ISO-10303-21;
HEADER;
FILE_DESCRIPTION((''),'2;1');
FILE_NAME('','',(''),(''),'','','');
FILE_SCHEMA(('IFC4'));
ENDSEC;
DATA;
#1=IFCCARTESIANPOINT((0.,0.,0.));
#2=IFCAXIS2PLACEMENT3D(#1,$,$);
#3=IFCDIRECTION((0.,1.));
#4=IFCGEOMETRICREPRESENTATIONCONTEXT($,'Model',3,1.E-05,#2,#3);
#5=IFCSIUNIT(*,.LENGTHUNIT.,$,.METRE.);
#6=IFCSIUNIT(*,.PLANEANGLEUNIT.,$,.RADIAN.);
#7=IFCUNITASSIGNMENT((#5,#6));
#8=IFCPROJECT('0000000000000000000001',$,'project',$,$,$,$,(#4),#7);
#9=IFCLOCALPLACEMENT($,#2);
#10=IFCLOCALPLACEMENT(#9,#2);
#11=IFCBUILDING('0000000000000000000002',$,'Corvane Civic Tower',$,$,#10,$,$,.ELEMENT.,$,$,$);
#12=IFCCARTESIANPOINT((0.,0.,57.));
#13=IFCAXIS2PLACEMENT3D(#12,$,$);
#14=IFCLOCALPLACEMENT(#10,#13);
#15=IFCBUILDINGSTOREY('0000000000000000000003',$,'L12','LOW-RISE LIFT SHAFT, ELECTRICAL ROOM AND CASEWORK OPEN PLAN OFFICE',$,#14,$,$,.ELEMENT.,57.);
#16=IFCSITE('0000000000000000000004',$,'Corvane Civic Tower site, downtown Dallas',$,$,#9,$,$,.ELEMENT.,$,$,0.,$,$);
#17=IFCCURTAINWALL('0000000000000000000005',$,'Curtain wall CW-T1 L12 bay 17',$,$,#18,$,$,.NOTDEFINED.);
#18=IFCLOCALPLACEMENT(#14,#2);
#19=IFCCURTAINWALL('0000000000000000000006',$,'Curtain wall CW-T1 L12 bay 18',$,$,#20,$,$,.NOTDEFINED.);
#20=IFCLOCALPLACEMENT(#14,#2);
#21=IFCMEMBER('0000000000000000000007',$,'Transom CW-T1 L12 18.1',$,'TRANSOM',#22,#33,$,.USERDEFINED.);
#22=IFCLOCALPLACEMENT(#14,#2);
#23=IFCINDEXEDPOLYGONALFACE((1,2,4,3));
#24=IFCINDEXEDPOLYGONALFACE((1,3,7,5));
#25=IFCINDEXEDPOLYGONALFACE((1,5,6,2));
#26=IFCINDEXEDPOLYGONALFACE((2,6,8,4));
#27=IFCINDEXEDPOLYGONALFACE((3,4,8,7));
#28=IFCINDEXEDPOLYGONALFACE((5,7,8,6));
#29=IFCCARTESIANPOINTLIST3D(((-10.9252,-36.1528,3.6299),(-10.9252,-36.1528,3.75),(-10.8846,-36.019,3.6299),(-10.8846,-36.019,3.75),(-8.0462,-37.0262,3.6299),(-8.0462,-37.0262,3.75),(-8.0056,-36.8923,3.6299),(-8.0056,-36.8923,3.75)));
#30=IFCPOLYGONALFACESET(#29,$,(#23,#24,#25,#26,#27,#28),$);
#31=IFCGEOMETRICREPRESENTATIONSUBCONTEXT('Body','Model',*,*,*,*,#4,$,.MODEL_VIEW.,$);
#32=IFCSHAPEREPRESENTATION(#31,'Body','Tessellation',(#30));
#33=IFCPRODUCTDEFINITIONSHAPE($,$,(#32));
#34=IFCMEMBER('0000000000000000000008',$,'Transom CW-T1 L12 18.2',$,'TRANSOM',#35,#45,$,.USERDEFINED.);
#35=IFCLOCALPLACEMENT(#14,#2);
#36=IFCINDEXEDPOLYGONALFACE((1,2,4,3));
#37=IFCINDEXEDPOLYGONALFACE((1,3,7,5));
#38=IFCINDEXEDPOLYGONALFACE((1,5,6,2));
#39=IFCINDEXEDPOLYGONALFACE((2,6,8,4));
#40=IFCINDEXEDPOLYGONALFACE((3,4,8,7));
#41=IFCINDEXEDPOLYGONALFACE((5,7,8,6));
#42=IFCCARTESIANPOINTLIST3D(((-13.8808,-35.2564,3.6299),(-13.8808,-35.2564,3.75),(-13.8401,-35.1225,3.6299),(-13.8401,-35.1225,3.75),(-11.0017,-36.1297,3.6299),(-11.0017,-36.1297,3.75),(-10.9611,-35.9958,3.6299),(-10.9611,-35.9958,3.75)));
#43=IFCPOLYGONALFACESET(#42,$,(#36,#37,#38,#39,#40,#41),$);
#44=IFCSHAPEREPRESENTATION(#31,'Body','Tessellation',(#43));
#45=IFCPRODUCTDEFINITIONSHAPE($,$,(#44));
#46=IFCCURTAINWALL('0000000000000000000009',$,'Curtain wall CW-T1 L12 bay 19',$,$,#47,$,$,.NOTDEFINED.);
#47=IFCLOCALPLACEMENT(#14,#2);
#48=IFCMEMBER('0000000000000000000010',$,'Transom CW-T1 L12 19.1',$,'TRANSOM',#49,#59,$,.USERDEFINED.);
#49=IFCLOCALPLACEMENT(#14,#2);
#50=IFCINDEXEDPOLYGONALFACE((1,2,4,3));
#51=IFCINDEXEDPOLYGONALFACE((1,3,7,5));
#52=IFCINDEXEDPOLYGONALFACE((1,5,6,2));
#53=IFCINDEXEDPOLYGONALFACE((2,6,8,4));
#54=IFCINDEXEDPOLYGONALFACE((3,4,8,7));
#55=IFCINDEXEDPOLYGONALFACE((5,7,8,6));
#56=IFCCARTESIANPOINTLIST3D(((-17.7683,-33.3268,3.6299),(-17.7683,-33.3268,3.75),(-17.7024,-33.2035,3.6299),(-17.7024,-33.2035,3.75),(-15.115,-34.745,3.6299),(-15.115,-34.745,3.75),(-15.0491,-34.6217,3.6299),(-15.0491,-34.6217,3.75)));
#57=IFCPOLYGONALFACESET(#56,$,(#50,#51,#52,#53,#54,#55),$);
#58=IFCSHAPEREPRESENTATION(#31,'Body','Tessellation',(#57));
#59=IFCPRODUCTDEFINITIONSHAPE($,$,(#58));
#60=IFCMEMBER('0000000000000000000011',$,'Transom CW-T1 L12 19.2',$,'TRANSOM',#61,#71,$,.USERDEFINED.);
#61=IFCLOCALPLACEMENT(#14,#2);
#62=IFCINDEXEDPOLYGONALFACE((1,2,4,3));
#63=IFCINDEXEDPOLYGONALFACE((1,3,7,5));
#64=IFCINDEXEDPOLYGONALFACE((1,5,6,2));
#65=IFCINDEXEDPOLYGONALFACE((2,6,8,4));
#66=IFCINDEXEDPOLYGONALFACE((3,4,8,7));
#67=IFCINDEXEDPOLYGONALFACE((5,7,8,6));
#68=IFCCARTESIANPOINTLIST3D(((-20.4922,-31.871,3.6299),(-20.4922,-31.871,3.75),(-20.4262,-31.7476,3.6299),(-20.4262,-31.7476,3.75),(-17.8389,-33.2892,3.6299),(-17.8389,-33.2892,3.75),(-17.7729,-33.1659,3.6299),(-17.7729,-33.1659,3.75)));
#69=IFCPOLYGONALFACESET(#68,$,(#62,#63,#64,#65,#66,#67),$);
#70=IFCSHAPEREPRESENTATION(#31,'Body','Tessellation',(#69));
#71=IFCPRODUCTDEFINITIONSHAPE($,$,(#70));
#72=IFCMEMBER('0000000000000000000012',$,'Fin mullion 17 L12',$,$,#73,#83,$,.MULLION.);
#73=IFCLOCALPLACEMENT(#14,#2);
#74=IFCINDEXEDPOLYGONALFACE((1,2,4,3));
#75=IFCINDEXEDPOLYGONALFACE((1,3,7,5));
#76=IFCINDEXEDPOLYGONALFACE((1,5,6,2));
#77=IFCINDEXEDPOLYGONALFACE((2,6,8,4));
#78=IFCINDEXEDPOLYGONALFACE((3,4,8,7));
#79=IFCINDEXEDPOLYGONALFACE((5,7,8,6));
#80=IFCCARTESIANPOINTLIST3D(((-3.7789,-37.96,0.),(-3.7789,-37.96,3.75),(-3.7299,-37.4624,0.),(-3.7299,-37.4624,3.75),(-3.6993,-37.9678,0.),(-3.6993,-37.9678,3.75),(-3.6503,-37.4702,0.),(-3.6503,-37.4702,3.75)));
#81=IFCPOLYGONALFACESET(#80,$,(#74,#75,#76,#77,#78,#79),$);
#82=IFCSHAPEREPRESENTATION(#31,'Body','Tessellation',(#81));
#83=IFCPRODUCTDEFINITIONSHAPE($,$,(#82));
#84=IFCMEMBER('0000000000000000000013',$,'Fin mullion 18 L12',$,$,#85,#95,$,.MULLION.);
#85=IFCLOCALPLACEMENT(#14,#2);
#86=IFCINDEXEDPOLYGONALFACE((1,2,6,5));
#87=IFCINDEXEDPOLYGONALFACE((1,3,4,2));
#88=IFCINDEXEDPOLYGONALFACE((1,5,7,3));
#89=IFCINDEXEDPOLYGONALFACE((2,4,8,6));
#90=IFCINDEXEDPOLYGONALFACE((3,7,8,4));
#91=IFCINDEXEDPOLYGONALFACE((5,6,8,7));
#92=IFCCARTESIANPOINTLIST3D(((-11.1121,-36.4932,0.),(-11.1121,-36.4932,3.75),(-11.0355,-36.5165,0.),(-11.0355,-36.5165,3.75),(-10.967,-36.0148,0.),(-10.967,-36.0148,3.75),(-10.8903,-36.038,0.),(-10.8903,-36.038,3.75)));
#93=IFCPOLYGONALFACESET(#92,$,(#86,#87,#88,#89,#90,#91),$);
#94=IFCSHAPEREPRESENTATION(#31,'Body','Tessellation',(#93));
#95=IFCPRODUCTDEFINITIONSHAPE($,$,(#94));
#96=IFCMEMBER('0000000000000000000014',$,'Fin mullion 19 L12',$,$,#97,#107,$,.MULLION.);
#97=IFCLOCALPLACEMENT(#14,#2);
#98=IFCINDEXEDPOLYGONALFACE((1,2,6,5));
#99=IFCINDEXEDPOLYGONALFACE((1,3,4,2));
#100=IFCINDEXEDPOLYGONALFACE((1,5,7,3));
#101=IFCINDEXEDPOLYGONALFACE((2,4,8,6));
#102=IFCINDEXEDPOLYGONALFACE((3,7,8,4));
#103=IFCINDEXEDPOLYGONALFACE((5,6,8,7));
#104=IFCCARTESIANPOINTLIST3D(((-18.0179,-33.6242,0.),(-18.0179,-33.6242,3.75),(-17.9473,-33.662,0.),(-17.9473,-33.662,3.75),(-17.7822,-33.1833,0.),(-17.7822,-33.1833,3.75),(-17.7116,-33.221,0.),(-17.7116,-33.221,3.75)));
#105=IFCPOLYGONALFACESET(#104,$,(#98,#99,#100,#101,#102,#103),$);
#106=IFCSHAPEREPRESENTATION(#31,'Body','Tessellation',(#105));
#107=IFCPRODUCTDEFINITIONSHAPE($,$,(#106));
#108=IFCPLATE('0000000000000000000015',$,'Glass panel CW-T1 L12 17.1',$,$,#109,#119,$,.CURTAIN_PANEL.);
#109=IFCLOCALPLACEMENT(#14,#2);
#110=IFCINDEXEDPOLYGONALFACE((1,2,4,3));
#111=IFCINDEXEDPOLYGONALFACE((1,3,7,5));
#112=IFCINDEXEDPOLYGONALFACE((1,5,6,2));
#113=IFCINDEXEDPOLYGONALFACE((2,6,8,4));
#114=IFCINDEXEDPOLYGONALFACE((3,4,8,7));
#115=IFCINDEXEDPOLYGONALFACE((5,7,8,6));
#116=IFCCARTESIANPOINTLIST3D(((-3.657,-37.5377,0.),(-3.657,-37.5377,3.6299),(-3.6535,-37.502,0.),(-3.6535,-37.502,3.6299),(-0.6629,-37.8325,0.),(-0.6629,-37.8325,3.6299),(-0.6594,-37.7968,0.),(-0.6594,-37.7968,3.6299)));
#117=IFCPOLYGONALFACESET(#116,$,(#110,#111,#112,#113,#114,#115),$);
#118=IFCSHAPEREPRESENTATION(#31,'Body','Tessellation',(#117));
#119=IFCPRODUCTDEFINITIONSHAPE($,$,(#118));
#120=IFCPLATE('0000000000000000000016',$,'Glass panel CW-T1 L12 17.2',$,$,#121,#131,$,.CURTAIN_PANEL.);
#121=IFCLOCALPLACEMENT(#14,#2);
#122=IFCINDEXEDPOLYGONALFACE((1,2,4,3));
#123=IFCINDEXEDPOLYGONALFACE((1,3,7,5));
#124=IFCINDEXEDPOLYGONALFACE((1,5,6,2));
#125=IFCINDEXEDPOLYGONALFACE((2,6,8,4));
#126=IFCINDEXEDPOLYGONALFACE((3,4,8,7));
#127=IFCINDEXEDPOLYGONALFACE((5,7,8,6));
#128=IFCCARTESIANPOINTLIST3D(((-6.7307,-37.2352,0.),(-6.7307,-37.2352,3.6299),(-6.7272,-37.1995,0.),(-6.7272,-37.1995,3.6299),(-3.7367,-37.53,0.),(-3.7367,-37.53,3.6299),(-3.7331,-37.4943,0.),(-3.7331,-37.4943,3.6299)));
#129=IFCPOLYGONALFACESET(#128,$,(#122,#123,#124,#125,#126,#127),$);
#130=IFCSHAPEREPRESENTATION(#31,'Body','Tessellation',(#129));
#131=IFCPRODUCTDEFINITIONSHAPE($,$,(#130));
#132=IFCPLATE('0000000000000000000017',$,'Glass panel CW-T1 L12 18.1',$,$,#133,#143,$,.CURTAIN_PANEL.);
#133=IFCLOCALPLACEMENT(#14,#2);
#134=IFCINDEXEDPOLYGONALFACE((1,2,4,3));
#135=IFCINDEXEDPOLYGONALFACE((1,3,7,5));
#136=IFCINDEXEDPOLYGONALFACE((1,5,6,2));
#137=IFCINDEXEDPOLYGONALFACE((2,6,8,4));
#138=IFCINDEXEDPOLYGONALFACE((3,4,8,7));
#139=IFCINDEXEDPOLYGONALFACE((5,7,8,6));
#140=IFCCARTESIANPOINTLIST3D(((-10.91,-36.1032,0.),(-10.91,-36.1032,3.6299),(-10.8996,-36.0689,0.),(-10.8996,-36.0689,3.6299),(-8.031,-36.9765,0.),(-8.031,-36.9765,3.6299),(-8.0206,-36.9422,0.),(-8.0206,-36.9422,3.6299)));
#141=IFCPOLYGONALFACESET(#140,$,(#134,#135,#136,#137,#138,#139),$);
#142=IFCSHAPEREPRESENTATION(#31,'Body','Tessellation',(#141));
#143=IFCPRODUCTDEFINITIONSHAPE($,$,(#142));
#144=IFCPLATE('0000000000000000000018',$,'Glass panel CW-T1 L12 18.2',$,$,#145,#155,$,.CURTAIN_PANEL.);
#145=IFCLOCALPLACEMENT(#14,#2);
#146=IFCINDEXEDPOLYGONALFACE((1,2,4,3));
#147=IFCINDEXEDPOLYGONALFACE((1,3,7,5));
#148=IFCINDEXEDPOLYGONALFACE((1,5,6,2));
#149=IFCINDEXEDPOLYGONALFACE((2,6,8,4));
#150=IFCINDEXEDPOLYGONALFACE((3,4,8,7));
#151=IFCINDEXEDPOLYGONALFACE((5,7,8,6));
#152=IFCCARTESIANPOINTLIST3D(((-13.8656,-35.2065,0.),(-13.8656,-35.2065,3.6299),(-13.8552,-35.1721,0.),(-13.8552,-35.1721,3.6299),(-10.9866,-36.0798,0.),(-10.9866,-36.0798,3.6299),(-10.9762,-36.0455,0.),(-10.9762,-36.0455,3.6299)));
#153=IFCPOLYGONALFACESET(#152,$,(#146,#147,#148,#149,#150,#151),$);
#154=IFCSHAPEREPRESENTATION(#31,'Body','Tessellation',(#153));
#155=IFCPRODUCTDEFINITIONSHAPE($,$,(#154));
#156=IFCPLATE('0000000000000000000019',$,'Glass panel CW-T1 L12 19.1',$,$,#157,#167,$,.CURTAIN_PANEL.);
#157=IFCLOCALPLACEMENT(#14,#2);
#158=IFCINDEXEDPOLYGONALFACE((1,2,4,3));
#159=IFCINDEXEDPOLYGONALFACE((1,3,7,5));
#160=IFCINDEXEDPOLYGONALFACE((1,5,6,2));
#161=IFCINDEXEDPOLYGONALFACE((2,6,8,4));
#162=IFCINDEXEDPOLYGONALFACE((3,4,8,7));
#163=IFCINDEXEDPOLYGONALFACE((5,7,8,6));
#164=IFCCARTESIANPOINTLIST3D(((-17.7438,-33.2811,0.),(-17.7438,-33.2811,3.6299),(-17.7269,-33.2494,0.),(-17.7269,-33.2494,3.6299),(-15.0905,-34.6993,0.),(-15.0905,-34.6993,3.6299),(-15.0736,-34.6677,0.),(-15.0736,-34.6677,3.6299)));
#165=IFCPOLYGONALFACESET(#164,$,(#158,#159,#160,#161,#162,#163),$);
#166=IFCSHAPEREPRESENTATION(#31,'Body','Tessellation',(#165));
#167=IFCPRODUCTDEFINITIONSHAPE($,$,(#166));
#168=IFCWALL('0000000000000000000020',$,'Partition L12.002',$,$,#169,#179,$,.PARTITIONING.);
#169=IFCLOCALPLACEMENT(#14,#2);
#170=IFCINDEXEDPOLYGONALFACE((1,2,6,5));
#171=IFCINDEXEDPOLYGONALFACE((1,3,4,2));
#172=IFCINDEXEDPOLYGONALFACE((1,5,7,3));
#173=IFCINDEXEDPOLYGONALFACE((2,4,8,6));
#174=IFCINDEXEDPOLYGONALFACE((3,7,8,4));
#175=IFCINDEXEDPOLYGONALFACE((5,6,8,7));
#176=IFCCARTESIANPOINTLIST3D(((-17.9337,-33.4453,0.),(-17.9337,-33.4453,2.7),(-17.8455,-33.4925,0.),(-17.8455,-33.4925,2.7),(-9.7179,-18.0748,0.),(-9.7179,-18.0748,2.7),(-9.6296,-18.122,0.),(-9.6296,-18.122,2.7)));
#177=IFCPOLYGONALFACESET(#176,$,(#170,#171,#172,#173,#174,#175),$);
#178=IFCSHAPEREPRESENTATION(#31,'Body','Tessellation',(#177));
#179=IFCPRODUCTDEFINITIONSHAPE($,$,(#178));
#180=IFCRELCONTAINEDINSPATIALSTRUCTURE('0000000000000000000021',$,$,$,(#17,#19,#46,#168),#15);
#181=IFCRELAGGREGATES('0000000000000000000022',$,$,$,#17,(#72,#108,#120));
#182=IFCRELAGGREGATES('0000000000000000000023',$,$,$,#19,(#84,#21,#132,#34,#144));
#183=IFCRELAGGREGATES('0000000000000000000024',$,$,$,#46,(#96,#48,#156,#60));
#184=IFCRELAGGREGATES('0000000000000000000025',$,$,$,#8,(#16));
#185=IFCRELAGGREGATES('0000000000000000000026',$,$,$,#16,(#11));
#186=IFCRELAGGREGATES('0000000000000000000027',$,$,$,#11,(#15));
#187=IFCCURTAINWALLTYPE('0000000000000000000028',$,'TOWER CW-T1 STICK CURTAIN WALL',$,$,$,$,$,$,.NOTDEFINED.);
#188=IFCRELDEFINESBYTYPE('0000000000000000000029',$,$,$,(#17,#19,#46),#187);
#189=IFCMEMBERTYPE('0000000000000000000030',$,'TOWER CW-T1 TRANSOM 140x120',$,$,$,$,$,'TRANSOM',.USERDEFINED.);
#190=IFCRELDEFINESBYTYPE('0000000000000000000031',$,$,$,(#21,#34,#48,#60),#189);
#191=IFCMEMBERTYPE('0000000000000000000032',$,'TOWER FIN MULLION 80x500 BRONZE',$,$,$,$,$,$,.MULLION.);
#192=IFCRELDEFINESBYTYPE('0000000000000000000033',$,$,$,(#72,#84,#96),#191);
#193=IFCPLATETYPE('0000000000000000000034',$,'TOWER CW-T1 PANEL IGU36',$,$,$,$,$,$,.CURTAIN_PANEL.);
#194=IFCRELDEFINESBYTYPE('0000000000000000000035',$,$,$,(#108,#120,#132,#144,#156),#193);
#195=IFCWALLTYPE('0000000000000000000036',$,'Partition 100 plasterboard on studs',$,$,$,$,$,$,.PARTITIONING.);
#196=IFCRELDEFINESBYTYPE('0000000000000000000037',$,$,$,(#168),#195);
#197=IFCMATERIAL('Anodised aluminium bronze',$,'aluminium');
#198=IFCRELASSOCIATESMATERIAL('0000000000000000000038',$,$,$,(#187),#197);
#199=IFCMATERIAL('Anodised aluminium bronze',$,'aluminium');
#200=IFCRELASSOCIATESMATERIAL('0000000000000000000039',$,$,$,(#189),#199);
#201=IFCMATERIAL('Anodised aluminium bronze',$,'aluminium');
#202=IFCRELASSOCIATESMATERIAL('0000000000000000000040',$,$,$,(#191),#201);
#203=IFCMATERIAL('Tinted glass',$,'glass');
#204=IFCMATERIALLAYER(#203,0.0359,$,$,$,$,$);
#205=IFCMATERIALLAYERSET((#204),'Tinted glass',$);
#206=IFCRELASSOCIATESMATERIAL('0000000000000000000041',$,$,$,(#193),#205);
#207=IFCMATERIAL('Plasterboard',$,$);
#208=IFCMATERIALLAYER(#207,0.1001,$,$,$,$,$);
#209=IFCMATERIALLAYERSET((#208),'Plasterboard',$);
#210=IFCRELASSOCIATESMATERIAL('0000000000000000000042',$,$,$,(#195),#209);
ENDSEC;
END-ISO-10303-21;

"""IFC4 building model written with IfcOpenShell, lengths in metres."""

from ifc_helpers import new_model, si_unit, direction, frame, frame_2d, origin, origin_2d, place, context, subcontext, project, spatial, rectangle, extrude, material, layer, layer_set, material_profile, profile_set, type_object, element, aggregate, save


model = new_model("IFC4")

# Units and contexts
model_context = context("Model", 3, precision=1e-05, world=origin(), true_north=direction((0.0, 1.0)))
body_context = subcontext(model_context, "Body", "Model", "MODEL_VIEW")
ifc_project = project(units=[si_unit("LENGTHUNIT", "METRE"), si_unit("PLANEANGLEUNIT", "RADIAN")], contexts=[model_context])

# Site, building, storey
site_placement = place(None, origin())
site = spatial("IfcSite", under=ifc_project, at=site_placement, Name="Corvane Civic Tower site, downtown Dallas", CompositionType="ELEMENT", RefElevation=0.0)
building_placement = place(site_placement, origin())
building = spatial("IfcBuilding", under=site, at=building_placement, Name="Corvane Civic Tower", CompositionType="ELEMENT")
storey_placement = place(building_placement, frame((0.0, 0.0, 57.0)))
storey = spatial("IfcBuildingStorey", under=building, at=storey_placement, Name="L12", Description="LOW-RISE LIFT SHAFT, ELECTRICAL ROOM AND CASEWORK OPEN PLAN OFFICE", CompositionType="ELEMENT", Elevation=57.0)

# Curtain walls, members
ifc_material_1 = material(Name="Anodised aluminium bronze", Category="aluminium")
curtain_wall_type = type_object("IfcCurtainWallType", Name="TOWER CW-T1 STICK CURTAIN WALL", PredefinedType="NOTDEFINED", material=ifc_material_1)
curtain_wall_1_placement = place(storey_placement, origin())
curtain_wall_1 = element("IfcCurtainWall", 1, at=curtain_wall_1_placement, inside=storey, type_object=curtain_wall_type, Name="Curtain wall CW-T1 L12 bay 17", PredefinedType="NOTDEFINED")
ifc_material_2 = material(Name="Anodised aluminium bronze", Category="aluminium")
ifc_material_profile_1 = material_profile(ifc_material_2, rectangle(XDim=0.1399, YDim=0.1201, at=origin_2d()), Name="TOWER CW-T1 TRANSOM 140x120")
ifc_profile_set_1 = profile_set([ifc_material_profile_1], Name="Anodised aluminium bronze")
member_type_1 = type_object("IfcMemberType", Name="TOWER CW-T1 TRANSOM 140x120", ElementType="TRANSOM", PredefinedType="USERDEFINED", material=ifc_profile_set_1)
curtain_wall_2_placement = place(storey_placement, origin())
curtain_wall_2 = element("IfcCurtainWall", 2, at=curtain_wall_2_placement, inside=storey, type_object=curtain_wall_type, Name="Curtain wall CW-T1 L12 bay 18", PredefinedType="NOTDEFINED")
member_1_placement = place(storey_placement, frame((-8.0259, -36.9592, 3.6899), z_axis=(-0.956942, 0.29028, 0.0), x_axis=(-0.29028, -0.956942, 0.0)))
member_1 = element("IfcMember", 3, at=member_1_placement, type_object=member_type_1, Name="Transom CW-T1 L12 18.1", ObjectType="TRANSOM", PredefinedType="USERDEFINED", context=body_context, shape_type="SweptSolid", body=[
    extrude(rectangle(XDim=0.1399, YDim=0.1201, at=origin_2d()), origin(), (0.0, 0.0, 1.0), 3.0085),
])
member_2_placement = place(storey_placement, frame((-10.9814, -36.0627, 3.6899), z_axis=(-0.956942, 0.29028, 0.0), x_axis=(-0.29028, -0.956942, 0.0)))
member_2 = element("IfcMember", 4, at=member_2_placement, type_object=member_type_1, Name="Transom CW-T1 L12 18.2", ObjectType="TRANSOM", PredefinedType="USERDEFINED", context=body_context, shape_type="SweptSolid", body=[
    extrude(rectangle(XDim=0.1399, YDim=0.1201, at=origin_2d()), origin(), (0.0, 0.0, 1.0), 3.0085),
])
curtain_wall_3_placement = place(storey_placement, origin())
curtain_wall_3 = element("IfcCurtainWall", 5, at=curtain_wall_3_placement, inside=storey, type_object=curtain_wall_type, Name="Curtain wall CW-T1 L12 bay 19", PredefinedType="NOTDEFINED")
member_3_placement = place(storey_placement, frame((-15.082, -34.6833, 3.6899), z_axis=(-0.881924, 0.471393, 0.0), x_axis=(-0.471393, -0.881924, 0.0)))
member_3 = element("IfcMember", 6, at=member_3_placement, type_object=member_type_1, Name="Transom CW-T1 L12 19.1", ObjectType="TRANSOM", PredefinedType="USERDEFINED", context=body_context, shape_type="SweptSolid", body=[
    extrude(rectangle(XDim=0.1399, YDim=0.1201, at=origin_2d()), origin(), (0.0, 0.0, 1.0), 3.0085),
])
member_4_placement = place(storey_placement, frame((-17.8059, -33.2275, 3.6899), z_axis=(-0.881924, 0.471393, 0.0), x_axis=(-0.471393, -0.881924, 0.0)))
member_4 = element("IfcMember", 7, at=member_4_placement, type_object=member_type_1, Name="Transom CW-T1 L12 19.2", ObjectType="TRANSOM", PredefinedType="USERDEFINED", context=body_context, shape_type="SweptSolid", body=[
    extrude(rectangle(XDim=0.1399, YDim=0.1201, at=origin_2d()), origin(), (0.0, 0.0, 1.0), 3.0085),
])

# Members
ifc_material_3 = material(Name="Anodised aluminium bronze", Category="aluminium")
ifc_material_profile_2 = material_profile(ifc_material_3, rectangle(XDim=0.0801, YDim=0.5, at=origin_2d()), Name="TOWER FIN MULLION 80x500 BRONZE")
ifc_profile_set_2 = profile_set([ifc_material_profile_2], Name="Anodised aluminium bronze")
member_type_2 = type_object("IfcMemberType", Name="TOWER FIN MULLION 80x500 BRONZE", PredefinedType="MULLION", material=ifc_profile_set_2)
member_5_placement = place(storey_placement, frame((-3.7146, -37.7151, 0.0), z_axis=(0.0, 0.0, 1.0), x_axis=(-0.995186, 0.098006, 0.0)))
member_5 = element("IfcMember", 8, at=member_5_placement, type_object=member_type_2, Name="Fin mullion 17 L12", PredefinedType="MULLION", context=body_context, shape_type="SweptSolid", body=[
    extrude(rectangle(XDim=0.0801, YDim=0.5, at=origin_2d()), origin(), (0.0, 0.0, 1.0), 3.75),
])
member_6_placement = place(storey_placement, frame((-11.0012, -36.2656, 0.0), z_axis=(0.0, 0.0, 1.0), x_axis=(-0.956942, 0.290278, 0.0)))
member_6 = element("IfcMember", 9, at=member_6_placement, type_object=member_type_2, Name="Fin mullion 18 L12", PredefinedType="MULLION", context=body_context, shape_type="SweptSolid", body=[
    extrude(rectangle(XDim=0.0801, YDim=0.5, at=origin_2d()), origin(), (0.0, 0.0, 1.0), 3.75),
])
member_7_placement = place(storey_placement, frame((-17.8647, -33.4226, 0.0), z_axis=(0.0, 0.0, 1.0), x_axis=(-0.881918, 0.471404, 0.0)))
member_7 = element("IfcMember", 10, at=member_7_placement, type_object=member_type_2, Name="Fin mullion 19 L12", PredefinedType="MULLION", context=body_context, shape_type="SweptSolid", body=[
    extrude(rectangle(XDim=0.0801, YDim=0.5, at=origin_2d()), origin(), (0.0, 0.0, 1.0), 3.75),
])

# Plates
ifc_material_4 = material(Name="Tinted glass", Category="glass")
ifc_layer_1 = layer(ifc_material_4, 0.0359)
ifc_layer_set_1 = layer_set([ifc_layer_1], Name="Tinted glass")
plate_type = type_object("IfcPlateType", Name="TOWER CW-T1 PANEL IGU36", PredefinedType="CURTAIN_PANEL", material=ifc_layer_set_1)
plate_1_placement = place(storey_placement, frame((-2.1582, -37.6672, 0.0), z_axis=(0.0, 0.0, 1.0), x_axis=(-0.995186, 0.098006, 0.0)))
plate_1 = element("IfcPlate", 11, at=plate_1_placement, type_object=plate_type, Name="Glass panel CW-T1 L12 17.1", PredefinedType="CURTAIN_PANEL", context=body_context, shape_type="SweptSolid", body=[
    extrude(rectangle(XDim=3.0085, YDim=0.0359, at=origin_2d()), origin(), (0.0, 0.0, 1.0), 3.6299),
])
plate_2_placement = place(storey_placement, frame((-5.2319, -37.3647, 0.0), z_axis=(0.0, 0.0, 1.0), x_axis=(-0.995186, 0.098006, 0.0)))
plate_2 = element("IfcPlate", 12, at=plate_2_placement, type_object=plate_type, Name="Glass panel CW-T1 L12 17.2", PredefinedType="CURTAIN_PANEL", context=body_context, shape_type="SweptSolid", body=[
    extrude(rectangle(XDim=3.0085, YDim=0.0359, at=origin_2d()), origin(), (0.0, 0.0, 1.0), 3.6299),
])
aggregate(curtain_wall_1, [member_5, plate_1, plate_2])
plate_3_placement = place(storey_placement, frame((-9.4653, -36.5227, 0.0), z_axis=(0.0, 0.0, 1.0), x_axis=(-0.956942, 0.290278, 0.0)))
plate_3 = element("IfcPlate", 13, at=plate_3_placement, type_object=plate_type, Name="Glass panel CW-T1 L12 18.1", PredefinedType="CURTAIN_PANEL", context=body_context, shape_type="SweptSolid", body=[
    extrude(rectangle(XDim=3.0085, YDim=0.0359, at=origin_2d()), origin(), (0.0, 0.0, 1.0), 3.6299),
])
plate_4_placement = place(storey_placement, frame((-12.4209, -35.626, 0.0), z_axis=(0.0, 0.0, 1.0), x_axis=(-0.956942, 0.290278, 0.0)))
plate_4 = element("IfcPlate", 14, at=plate_4_placement, type_object=plate_type, Name="Glass panel CW-T1 L12 18.2", PredefinedType="CURTAIN_PANEL", context=body_context, shape_type="SweptSolid", body=[
    extrude(rectangle(XDim=3.0085, YDim=0.0359, at=origin_2d()), origin(), (0.0, 0.0, 1.0), 3.6299),
])
aggregate(curtain_wall_2, [member_6, member_1, plate_3, member_2, plate_4])
plate_5_placement = place(storey_placement, frame((-16.4087, -33.9744, 0.0), z_axis=(0.0, 0.0, 1.0), x_axis=(-0.881918, 0.471404, 0.0)))
plate_5 = element("IfcPlate", 15, at=plate_5_placement, type_object=plate_type, Name="Glass panel CW-T1 L12 19.1", PredefinedType="CURTAIN_PANEL", context=body_context, shape_type="SweptSolid", body=[
    extrude(rectangle(XDim=3.0085, YDim=0.0359, at=origin_2d()), origin(), (0.0, 0.0, 1.0), 3.6299),
])
aggregate(curtain_wall_3, [member_7, member_3, plate_5, member_4])

# Wall
ifc_material_5 = material(Name="Plasterboard")
ifc_layer_2 = layer(ifc_material_5, 0.1001)
ifc_layer_set_2 = layer_set([ifc_layer_2], Name="Plasterboard")
wall_type = type_object("IfcWallType", Name="Partition 100 plasterboard on studs", PredefinedType="PARTITIONING", material=ifc_layer_set_2)
wall_1_placement = place(storey_placement, frame((-17.8896, -33.469, 0.0), z_axis=(0.0, 0.0, 1.0), x_axis=(0.471405, 0.881917, 0.0)))
element("IfcWall", 16, at=wall_1_placement, inside=storey, type_object=wall_type, Name="Partition L12.002", PredefinedType="PARTITIONING", context=body_context, shape_type="SweptSolid", body=[
    extrude(rectangle(XDim=17.4285, YDim=0.1001, at=frame_2d((8.7144, 0.0))), origin(), (0.0, 0.0, 1.0), 2.7),
])

save(model, "model.ifc")
